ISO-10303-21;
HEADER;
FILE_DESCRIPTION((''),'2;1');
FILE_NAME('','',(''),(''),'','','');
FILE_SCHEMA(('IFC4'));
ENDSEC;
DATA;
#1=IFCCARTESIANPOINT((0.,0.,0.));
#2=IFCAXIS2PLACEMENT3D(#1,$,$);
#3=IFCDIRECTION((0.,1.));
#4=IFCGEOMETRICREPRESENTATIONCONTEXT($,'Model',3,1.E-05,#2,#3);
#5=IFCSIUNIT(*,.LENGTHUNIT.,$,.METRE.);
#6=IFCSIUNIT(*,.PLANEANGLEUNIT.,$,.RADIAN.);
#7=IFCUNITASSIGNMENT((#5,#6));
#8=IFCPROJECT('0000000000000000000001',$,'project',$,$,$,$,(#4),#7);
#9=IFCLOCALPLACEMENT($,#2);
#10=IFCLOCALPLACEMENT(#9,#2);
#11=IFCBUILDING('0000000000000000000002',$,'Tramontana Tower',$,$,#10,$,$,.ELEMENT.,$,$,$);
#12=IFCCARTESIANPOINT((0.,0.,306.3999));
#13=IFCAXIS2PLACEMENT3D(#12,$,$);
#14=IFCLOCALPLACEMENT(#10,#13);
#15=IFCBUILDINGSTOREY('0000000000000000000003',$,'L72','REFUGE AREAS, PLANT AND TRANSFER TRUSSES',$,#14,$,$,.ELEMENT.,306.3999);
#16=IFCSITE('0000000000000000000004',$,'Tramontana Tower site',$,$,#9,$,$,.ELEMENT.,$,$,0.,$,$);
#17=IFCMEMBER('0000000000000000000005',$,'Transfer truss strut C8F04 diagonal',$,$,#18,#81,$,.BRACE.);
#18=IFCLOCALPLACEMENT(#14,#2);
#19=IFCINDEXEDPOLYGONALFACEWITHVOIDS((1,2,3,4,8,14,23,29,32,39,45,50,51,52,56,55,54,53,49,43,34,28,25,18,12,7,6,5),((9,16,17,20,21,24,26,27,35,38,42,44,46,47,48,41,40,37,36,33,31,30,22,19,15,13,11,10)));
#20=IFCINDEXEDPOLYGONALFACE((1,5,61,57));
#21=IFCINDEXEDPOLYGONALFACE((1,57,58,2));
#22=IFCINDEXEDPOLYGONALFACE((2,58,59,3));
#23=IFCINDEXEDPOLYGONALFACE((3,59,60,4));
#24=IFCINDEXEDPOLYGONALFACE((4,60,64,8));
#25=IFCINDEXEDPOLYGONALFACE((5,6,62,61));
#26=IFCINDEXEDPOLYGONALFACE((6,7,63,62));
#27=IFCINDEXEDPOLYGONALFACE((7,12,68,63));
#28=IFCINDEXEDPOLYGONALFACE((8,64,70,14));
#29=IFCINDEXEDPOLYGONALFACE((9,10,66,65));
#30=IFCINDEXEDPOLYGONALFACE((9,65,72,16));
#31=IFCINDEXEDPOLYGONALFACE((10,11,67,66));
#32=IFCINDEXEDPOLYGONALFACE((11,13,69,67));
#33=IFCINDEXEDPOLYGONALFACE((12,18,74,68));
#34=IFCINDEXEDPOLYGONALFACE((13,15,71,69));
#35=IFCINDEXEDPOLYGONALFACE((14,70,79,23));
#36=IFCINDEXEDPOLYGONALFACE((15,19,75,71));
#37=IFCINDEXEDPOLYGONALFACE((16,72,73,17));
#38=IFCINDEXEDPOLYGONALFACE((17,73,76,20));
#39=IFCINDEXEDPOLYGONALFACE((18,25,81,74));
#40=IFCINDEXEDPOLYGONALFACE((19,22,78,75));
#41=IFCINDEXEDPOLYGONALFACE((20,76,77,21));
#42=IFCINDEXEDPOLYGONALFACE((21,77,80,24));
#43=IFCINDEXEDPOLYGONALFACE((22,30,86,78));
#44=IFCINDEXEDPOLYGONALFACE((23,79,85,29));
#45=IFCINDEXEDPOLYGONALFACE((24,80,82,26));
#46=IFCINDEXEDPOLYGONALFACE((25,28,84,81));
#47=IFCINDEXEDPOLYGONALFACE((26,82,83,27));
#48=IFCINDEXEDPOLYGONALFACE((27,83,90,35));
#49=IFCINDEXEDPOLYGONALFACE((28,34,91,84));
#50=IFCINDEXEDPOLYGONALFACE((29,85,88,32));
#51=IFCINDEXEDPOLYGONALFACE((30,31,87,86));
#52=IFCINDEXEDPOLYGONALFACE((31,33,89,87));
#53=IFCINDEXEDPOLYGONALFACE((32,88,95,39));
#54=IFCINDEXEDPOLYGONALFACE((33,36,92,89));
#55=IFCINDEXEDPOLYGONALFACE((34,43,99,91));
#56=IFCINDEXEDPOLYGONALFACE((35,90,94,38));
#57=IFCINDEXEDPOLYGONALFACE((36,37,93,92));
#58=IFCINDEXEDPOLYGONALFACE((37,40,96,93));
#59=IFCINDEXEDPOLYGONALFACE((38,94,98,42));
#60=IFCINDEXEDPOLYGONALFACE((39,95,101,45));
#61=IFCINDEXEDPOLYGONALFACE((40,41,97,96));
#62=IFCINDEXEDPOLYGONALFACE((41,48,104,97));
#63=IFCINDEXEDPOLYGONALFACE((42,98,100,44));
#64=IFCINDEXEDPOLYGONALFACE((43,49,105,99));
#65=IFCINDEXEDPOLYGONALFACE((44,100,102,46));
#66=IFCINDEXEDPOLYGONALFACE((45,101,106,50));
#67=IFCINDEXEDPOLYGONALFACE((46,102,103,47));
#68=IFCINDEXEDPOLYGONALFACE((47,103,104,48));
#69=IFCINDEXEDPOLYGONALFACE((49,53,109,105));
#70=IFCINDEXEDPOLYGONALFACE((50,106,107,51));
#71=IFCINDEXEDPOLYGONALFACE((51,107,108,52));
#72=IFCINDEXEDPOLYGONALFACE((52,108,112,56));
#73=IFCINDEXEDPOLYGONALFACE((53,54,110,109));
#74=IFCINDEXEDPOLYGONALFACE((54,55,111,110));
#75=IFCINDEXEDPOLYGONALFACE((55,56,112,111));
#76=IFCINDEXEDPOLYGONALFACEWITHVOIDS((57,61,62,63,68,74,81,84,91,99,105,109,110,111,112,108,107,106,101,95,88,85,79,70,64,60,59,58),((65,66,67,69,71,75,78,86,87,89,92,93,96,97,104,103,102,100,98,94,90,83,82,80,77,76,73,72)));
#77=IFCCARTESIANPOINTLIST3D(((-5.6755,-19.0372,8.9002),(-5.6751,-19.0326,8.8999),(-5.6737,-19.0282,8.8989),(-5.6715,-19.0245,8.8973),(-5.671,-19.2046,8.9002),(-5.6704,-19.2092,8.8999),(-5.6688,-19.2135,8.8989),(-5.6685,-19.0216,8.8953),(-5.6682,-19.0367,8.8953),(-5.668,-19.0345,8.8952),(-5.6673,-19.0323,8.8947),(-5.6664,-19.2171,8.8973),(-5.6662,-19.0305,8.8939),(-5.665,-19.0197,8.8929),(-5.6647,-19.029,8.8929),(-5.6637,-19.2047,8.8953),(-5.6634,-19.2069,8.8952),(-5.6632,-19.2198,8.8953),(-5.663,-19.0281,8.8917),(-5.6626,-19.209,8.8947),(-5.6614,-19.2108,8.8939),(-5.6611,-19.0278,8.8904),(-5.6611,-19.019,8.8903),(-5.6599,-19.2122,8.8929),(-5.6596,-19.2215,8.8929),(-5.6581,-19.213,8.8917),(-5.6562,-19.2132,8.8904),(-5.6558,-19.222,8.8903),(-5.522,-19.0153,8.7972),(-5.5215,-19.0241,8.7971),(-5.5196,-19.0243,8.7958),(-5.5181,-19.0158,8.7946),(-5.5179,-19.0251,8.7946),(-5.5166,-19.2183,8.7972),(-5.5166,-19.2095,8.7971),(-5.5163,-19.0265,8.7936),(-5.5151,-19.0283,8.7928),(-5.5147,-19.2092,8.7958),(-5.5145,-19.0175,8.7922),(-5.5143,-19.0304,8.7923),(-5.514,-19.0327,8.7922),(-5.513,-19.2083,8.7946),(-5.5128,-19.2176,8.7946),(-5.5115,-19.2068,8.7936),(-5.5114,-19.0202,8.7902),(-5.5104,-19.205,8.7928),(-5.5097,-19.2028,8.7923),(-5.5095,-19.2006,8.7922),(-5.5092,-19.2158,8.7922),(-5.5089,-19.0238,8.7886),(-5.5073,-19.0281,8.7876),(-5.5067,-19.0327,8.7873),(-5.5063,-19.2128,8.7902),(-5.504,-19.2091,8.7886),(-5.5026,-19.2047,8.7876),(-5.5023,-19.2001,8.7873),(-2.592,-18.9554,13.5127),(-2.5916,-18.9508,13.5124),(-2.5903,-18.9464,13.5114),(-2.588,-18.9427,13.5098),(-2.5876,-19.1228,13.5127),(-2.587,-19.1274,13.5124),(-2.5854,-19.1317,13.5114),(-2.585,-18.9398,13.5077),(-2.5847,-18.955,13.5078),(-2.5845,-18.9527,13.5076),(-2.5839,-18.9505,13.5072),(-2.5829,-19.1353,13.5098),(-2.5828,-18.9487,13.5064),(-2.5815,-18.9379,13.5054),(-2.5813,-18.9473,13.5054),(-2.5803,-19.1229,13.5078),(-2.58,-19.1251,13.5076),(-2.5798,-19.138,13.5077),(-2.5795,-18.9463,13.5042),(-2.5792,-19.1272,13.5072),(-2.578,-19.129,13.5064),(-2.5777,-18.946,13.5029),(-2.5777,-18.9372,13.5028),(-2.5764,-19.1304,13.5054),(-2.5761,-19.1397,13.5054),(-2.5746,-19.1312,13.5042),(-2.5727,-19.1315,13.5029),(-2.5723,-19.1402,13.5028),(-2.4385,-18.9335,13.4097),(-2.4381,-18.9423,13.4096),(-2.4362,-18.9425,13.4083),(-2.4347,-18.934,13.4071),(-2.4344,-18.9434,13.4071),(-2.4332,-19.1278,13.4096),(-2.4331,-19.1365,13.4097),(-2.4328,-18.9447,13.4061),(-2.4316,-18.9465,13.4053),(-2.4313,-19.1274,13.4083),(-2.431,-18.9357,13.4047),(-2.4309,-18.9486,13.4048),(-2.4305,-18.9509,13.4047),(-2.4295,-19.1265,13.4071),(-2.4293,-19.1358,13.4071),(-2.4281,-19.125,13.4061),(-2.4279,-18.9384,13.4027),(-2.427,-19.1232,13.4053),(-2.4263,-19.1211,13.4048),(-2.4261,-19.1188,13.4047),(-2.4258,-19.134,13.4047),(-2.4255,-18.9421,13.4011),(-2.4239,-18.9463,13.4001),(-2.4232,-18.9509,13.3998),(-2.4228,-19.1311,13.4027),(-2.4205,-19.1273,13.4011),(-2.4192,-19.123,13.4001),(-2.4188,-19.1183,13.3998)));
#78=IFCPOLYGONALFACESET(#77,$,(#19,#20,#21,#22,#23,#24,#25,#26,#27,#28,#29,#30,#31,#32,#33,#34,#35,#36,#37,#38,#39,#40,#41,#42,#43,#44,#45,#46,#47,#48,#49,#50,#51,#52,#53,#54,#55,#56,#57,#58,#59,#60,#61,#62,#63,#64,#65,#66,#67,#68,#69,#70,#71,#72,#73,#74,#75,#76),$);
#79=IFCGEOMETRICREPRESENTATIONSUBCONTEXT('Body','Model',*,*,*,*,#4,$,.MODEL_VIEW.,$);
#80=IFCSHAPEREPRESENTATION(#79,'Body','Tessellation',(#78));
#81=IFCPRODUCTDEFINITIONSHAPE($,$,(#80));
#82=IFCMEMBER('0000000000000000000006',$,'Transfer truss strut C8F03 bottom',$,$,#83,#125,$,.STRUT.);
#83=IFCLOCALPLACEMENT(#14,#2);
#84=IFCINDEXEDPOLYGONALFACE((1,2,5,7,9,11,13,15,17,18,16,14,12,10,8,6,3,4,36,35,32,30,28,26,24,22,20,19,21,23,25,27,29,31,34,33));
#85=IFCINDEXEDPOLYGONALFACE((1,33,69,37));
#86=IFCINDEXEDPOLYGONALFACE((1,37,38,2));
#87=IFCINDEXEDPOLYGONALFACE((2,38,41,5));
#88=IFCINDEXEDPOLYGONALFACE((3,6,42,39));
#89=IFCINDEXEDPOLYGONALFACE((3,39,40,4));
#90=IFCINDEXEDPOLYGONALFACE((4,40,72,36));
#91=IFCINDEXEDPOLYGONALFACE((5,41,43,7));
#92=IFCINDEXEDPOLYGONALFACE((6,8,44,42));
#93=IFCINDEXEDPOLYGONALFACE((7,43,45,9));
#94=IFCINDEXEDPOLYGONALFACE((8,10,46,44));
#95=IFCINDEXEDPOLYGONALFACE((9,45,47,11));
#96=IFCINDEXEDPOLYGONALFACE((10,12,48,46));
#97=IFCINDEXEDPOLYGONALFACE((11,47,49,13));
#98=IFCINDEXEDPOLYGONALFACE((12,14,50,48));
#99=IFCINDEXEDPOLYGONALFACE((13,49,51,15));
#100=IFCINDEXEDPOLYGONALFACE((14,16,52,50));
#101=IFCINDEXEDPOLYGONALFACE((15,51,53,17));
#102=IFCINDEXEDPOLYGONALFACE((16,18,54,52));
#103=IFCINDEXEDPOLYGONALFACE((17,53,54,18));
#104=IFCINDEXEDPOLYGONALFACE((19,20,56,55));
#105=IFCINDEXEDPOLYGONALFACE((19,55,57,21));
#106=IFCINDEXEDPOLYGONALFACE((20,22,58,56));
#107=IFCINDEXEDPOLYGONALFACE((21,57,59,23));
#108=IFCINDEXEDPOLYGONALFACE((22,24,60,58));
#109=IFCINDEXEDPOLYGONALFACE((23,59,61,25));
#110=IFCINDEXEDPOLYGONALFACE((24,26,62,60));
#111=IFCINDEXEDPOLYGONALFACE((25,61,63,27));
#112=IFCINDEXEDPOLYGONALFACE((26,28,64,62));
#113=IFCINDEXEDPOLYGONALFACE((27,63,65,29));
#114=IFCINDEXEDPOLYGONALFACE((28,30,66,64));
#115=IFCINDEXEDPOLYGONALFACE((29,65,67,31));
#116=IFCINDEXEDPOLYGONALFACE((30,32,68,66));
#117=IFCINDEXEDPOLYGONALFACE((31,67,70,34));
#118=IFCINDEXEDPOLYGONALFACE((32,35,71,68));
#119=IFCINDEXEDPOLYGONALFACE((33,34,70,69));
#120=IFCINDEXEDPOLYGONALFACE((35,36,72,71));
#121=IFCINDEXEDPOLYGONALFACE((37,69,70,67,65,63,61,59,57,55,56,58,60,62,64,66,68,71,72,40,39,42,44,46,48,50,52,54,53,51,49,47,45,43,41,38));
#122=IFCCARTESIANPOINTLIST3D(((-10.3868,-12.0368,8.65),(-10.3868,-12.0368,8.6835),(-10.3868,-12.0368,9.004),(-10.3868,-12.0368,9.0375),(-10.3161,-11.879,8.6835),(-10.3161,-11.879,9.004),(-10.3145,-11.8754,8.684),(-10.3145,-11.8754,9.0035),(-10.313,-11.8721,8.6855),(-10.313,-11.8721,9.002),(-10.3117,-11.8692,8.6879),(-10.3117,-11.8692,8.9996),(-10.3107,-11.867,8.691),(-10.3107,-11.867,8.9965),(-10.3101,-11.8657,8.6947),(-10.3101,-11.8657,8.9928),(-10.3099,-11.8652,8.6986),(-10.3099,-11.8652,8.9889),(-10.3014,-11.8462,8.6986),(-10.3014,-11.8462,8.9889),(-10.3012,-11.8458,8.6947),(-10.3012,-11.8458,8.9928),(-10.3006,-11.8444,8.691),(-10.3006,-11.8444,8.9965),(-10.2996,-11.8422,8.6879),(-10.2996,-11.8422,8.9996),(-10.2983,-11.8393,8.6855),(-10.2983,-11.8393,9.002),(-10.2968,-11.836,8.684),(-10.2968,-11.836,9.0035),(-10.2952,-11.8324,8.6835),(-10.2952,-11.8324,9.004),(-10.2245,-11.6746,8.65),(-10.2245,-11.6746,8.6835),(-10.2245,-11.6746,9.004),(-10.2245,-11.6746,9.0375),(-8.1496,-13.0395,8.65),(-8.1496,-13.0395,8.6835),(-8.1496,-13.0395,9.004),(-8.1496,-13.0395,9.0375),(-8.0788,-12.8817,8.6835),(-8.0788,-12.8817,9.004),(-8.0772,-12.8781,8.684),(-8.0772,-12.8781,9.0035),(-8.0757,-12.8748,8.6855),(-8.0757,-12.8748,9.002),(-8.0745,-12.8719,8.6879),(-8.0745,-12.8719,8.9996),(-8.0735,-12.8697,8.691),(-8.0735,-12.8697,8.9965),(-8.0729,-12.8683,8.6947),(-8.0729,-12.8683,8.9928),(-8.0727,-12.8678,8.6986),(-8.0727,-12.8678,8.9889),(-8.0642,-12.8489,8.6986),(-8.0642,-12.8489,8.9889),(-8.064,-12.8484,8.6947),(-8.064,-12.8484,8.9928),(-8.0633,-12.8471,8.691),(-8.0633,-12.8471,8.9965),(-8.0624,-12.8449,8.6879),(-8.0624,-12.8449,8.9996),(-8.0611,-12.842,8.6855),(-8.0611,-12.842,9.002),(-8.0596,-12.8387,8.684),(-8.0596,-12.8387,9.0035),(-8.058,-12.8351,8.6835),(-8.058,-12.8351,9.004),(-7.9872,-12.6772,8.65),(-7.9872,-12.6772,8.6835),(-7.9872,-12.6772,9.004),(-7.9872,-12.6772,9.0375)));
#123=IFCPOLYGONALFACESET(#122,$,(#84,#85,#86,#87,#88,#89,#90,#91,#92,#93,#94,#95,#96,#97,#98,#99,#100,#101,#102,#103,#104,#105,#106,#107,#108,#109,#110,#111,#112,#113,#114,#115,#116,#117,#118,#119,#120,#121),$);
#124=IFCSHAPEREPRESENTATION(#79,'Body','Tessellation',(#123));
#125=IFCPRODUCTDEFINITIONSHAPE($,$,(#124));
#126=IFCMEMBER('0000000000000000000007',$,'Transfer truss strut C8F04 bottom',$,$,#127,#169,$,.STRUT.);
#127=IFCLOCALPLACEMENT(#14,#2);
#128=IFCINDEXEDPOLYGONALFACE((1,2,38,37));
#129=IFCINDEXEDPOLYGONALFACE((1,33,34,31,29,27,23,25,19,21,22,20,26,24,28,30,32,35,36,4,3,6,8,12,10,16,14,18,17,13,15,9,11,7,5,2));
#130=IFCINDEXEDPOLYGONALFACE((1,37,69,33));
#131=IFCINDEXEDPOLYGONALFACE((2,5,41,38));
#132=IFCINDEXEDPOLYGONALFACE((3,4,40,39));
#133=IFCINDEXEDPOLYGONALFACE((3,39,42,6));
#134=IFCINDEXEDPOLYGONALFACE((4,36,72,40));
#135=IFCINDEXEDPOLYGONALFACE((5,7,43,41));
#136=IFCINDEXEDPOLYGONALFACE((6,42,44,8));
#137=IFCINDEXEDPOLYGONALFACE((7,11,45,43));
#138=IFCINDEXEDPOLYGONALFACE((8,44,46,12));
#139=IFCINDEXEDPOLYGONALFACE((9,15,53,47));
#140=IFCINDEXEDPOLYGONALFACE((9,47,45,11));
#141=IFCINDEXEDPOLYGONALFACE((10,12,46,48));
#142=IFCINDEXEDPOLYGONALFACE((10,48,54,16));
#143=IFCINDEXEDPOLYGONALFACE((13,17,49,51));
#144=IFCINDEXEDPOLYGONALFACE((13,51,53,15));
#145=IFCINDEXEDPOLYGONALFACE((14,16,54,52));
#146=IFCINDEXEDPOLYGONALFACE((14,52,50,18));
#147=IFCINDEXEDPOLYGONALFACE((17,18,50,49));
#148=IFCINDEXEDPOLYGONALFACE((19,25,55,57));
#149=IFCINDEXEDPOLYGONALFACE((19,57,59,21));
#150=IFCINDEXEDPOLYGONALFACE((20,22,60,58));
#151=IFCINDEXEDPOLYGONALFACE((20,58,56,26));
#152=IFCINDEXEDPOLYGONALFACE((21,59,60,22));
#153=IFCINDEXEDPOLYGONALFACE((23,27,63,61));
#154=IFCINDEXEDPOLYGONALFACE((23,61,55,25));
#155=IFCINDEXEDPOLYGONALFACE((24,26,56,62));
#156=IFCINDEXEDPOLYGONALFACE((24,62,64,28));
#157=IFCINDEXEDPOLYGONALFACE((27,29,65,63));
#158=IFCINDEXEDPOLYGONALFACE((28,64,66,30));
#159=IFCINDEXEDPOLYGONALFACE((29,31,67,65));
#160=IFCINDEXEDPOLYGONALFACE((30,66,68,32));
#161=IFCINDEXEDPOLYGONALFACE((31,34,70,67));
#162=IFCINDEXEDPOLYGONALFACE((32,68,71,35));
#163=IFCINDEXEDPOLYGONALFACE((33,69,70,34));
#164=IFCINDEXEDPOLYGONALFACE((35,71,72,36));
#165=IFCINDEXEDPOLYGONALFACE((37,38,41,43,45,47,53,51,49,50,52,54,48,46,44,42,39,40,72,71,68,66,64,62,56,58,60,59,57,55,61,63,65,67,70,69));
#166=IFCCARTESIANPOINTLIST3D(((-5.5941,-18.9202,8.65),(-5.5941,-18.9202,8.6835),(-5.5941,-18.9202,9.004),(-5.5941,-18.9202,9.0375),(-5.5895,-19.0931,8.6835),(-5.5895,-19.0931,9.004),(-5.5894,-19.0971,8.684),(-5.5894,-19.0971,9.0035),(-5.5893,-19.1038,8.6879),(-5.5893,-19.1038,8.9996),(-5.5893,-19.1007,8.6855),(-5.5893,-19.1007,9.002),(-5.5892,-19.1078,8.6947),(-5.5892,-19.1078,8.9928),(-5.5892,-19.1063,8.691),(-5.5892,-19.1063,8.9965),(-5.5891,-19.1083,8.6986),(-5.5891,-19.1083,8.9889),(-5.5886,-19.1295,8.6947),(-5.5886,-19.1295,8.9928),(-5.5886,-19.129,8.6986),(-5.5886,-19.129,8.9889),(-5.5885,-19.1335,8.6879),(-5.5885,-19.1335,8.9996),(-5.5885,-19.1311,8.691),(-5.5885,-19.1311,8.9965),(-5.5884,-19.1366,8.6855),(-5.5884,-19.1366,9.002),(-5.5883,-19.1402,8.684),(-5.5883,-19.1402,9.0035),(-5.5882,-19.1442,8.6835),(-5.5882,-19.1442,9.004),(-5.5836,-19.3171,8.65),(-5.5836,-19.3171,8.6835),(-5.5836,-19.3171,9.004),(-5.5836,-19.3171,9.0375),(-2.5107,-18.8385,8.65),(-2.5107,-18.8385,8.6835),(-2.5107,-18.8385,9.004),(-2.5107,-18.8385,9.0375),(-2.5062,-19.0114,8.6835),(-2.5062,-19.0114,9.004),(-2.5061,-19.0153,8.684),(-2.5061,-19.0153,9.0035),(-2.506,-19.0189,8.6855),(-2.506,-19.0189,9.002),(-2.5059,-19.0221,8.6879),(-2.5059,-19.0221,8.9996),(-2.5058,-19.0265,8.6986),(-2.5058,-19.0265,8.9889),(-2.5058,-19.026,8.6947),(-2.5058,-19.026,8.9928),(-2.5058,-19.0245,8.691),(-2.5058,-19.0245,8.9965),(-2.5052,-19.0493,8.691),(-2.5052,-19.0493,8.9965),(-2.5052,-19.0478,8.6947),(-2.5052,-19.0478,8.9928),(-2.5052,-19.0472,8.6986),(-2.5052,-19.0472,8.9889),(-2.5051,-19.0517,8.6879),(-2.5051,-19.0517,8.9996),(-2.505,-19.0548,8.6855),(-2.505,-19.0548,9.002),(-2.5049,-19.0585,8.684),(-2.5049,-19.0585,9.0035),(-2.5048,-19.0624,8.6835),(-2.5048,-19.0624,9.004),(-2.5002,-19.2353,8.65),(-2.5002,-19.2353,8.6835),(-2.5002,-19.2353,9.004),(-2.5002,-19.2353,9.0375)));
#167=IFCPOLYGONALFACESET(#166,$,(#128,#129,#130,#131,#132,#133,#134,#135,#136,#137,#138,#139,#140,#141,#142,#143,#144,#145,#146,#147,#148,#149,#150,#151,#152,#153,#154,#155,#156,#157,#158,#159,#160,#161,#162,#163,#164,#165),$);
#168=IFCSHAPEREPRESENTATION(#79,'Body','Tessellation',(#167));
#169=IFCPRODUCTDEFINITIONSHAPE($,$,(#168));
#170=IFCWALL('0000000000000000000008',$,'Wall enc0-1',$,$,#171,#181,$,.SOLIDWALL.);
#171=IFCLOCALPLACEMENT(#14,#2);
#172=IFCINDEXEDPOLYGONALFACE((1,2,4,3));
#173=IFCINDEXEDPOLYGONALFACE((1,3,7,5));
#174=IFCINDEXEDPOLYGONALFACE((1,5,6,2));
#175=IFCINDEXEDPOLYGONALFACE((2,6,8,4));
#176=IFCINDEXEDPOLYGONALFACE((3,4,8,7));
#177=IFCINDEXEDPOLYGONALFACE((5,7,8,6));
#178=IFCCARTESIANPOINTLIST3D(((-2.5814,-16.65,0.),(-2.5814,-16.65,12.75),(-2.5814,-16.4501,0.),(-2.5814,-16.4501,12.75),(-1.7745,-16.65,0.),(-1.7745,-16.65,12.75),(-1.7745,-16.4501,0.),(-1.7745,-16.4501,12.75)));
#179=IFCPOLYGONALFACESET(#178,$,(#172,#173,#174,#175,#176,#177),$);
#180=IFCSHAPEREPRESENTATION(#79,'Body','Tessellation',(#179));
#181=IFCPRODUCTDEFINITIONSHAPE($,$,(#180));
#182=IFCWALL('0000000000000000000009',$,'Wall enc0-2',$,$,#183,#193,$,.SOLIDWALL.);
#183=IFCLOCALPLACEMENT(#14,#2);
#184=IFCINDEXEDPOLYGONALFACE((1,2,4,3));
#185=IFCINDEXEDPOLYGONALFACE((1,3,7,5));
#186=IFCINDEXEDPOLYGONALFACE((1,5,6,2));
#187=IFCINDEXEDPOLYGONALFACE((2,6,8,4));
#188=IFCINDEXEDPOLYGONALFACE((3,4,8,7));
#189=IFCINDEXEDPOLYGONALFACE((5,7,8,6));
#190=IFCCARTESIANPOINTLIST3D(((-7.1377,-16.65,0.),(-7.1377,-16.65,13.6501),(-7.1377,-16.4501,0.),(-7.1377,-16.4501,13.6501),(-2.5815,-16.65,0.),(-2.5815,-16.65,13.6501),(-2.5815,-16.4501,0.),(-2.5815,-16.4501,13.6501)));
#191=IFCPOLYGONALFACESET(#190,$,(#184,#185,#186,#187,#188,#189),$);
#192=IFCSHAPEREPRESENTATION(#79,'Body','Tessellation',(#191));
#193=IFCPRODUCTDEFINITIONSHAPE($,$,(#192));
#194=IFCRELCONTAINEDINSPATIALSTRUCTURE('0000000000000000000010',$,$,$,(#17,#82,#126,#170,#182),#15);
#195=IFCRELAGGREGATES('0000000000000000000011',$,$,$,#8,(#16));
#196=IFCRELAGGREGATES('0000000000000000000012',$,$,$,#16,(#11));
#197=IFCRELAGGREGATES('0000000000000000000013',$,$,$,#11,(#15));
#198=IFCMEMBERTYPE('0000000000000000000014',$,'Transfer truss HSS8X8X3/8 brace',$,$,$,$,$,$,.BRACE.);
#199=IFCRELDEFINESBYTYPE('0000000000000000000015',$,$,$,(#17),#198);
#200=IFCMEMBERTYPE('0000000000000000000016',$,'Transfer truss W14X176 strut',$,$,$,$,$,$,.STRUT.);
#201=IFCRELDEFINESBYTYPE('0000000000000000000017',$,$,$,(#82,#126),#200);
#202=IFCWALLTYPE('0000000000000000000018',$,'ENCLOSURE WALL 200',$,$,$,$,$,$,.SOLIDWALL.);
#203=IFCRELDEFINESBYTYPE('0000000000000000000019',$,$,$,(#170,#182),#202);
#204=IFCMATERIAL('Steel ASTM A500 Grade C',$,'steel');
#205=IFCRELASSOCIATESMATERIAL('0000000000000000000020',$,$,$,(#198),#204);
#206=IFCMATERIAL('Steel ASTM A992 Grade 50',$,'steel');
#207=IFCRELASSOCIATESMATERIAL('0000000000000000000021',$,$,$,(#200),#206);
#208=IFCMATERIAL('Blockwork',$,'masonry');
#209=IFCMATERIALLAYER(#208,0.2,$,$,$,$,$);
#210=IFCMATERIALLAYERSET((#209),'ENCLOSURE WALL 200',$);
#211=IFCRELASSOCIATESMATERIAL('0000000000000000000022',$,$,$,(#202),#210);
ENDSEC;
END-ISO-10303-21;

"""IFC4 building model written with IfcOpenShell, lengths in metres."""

from ifc_helpers import new_model, si_unit, direction, frame, frame_2d, origin, origin_2d, place, context, subcontext, project, spatial, rectangle, hollow_rectangle, i_section, extrude, material, layer, layer_set, material_profile, profile_set, type_object, element, save


model = new_model("IFC4")

# Units and contexts
model_context = context("Model", 3, precision=1e-05, world=origin(), true_north=direction((0.0, 1.0)))
body_context = subcontext(model_context, "Body", "Model", "MODEL_VIEW")
ifc_project = project(units=[si_unit("LENGTHUNIT", "METRE"), si_unit("PLANEANGLEUNIT", "RADIAN")], contexts=[model_context])

# Site, building, storey
site_placement = place(None, origin())
site = spatial("IfcSite", under=ifc_project, at=site_placement, Name="Tramontana Tower site", CompositionType="ELEMENT", RefElevation=0.0)
building_placement = place(site_placement, origin())
building = spatial("IfcBuilding", under=site, at=building_placement, Name="Tramontana Tower", CompositionType="ELEMENT")
storey_placement = place(building_placement, frame((0.0, 0.0, 306.3999)))
storey = spatial("IfcBuildingStorey", under=building, at=storey_placement, Name="L72", Description="REFUGE AREAS, PLANT AND TRANSFER TRUSSES", CompositionType="ELEMENT", Elevation=306.3999)

# Members
ifc_material_1 = material(Name="Steel ASTM A500 Grade C", Category="steel")
ifc_material_profile_1 = material_profile(ifc_material_1, hollow_rectangle(XDim=0.2031, YDim=0.2031, WallThickness=0.0088, InnerFilletRadius=0.0088, OuterFilletRadius=0.0178, at=origin_2d()), Name="HSS8X8X3/8")
ifc_profile_set_1 = profile_set([ifc_material_profile_1], Name="Steel ASTM A500 Grade C")
member_type_1 = type_object("IfcMemberType", Name="Transfer truss HSS8X8X3/8 brace", PredefinedType="BRACE", material=ifc_profile_set_1)
member_1_placement = place(storey_placement, frame((-5.5889, -19.1187, 8.8438), z_axis=(0.555695, 0.014739, 0.831255), x_axis=(-0.026515, 0.999648, 0.0)))
element("IfcMember", 1, at=member_1_placement, inside=storey, type_object=member_type_1, Name="Transfer truss strut C8F04 diagonal", PredefinedType="BRACE", context=body_context, shape_type="SweptSolid", body=[
    extrude(hollow_rectangle(XDim=0.2031, YDim=0.2031, WallThickness=0.0088, InnerFilletRadius=0.0088, OuterFilletRadius=0.0178, at=origin_2d()), origin(), (0.0, 0.0, 1.0), 5.5488),
])
ifc_material_2 = material(Name="Steel ASTM A992 Grade 50", Category="steel")
ifc_material_profile_2 = material_profile(ifc_material_2, i_section(OverallWidth=0.397, OverallDepth=0.3875, WebThickness=0.0208, FlangeThickness=0.0334, FilletRadius=0.0151, at=origin_2d()), Name="W14X176")
ifc_profile_set_2 = profile_set([ifc_material_profile_2], Name="Steel ASTM A992 Grade 50")
member_type_2 = type_object("IfcMemberType", Name="Transfer truss W14X176 strut", PredefinedType="STRUT", material=ifc_profile_set_2)
member_2_placement = place(storey_placement, frame((-10.3057, -11.8557, 8.8438), z_axis=(0.912546, -0.408973, 0.0), x_axis=(0.408973, 0.912546, 0.0)))
element("IfcMember", 2, at=member_2_placement, inside=storey, type_object=member_type_2, Name="Transfer truss strut C8F03 bottom", PredefinedType="STRUT", context=body_context, shape_type="SweptSolid", body=[
    extrude(i_section(OverallWidth=0.397, OverallDepth=0.3875, WebThickness=0.0208, FlangeThickness=0.0334, FilletRadius=0.0151, at=origin_2d()), origin(), (0.0, 0.0, 1.0), 2.4517),
])
member_3_placement = place(storey_placement, frame((-5.5889, -19.1187, 8.8438), z_axis=(0.999648, 0.026515, 0.0), x_axis=(-0.026515, 0.999648, 0.0)))
element("IfcMember", 3, at=member_3_placement, inside=storey, type_object=member_type_2, Name="Transfer truss strut C8F04 bottom", PredefinedType="STRUT", context=body_context, shape_type="SweptSolid", body=[
    extrude(i_section(OverallWidth=0.397, OverallDepth=0.3875, WebThickness=0.0208, FlangeThickness=0.0334, FilletRadius=0.0151, at=origin_2d()), origin(), (0.0, 0.0, 1.0), 3.0845),
])

# Walls
ifc_material_3 = material(Name="Blockwork", Category="masonry")
ifc_layer_1 = layer(ifc_material_3, 0.2)
ifc_layer_set_1 = layer_set([ifc_layer_1], Name="ENCLOSURE WALL 200")
wall_type_1 = type_object("IfcWallType", Name="ENCLOSURE WALL 200", PredefinedType="SOLIDWALL", material=ifc_layer_set_1)
wall_1_placement = place(storey_placement, frame((-1.7747, -16.55, 0.0), z_axis=(0.0, 0.0, 1.0), x_axis=(-1.0, 0.0, 0.0)))
element("IfcWall", 4, at=wall_1_placement, inside=storey, type_object=wall_type_1, Name="Wall enc0-1", PredefinedType="SOLIDWALL", context=body_context, shape_type="SweptSolid", body=[
    extrude(rectangle(XDim=0.8069, YDim=0.2, at=frame_2d((0.4033, 0.0))), origin(), (0.0, 0.0, 1.0), 12.75),
])
wall_2_placement = place(storey_placement, frame((-2.5815, -16.55, 0.0), z_axis=(0.0, 0.0, 1.0), x_axis=(-1.0, 0.0, 0.0)))
element("IfcWall", 5, at=wall_2_placement, inside=storey, type_object=wall_type_1, Name="Wall enc0-2", PredefinedType="SOLIDWALL", context=body_context, shape_type="SweptSolid", body=[
    extrude(rectangle(XDim=4.5562, YDim=0.2, at=frame_2d((2.2781, 0.0))), origin(), (0.0, 0.0, 1.0), 13.6501),
])

save(model, "model.ifc")
